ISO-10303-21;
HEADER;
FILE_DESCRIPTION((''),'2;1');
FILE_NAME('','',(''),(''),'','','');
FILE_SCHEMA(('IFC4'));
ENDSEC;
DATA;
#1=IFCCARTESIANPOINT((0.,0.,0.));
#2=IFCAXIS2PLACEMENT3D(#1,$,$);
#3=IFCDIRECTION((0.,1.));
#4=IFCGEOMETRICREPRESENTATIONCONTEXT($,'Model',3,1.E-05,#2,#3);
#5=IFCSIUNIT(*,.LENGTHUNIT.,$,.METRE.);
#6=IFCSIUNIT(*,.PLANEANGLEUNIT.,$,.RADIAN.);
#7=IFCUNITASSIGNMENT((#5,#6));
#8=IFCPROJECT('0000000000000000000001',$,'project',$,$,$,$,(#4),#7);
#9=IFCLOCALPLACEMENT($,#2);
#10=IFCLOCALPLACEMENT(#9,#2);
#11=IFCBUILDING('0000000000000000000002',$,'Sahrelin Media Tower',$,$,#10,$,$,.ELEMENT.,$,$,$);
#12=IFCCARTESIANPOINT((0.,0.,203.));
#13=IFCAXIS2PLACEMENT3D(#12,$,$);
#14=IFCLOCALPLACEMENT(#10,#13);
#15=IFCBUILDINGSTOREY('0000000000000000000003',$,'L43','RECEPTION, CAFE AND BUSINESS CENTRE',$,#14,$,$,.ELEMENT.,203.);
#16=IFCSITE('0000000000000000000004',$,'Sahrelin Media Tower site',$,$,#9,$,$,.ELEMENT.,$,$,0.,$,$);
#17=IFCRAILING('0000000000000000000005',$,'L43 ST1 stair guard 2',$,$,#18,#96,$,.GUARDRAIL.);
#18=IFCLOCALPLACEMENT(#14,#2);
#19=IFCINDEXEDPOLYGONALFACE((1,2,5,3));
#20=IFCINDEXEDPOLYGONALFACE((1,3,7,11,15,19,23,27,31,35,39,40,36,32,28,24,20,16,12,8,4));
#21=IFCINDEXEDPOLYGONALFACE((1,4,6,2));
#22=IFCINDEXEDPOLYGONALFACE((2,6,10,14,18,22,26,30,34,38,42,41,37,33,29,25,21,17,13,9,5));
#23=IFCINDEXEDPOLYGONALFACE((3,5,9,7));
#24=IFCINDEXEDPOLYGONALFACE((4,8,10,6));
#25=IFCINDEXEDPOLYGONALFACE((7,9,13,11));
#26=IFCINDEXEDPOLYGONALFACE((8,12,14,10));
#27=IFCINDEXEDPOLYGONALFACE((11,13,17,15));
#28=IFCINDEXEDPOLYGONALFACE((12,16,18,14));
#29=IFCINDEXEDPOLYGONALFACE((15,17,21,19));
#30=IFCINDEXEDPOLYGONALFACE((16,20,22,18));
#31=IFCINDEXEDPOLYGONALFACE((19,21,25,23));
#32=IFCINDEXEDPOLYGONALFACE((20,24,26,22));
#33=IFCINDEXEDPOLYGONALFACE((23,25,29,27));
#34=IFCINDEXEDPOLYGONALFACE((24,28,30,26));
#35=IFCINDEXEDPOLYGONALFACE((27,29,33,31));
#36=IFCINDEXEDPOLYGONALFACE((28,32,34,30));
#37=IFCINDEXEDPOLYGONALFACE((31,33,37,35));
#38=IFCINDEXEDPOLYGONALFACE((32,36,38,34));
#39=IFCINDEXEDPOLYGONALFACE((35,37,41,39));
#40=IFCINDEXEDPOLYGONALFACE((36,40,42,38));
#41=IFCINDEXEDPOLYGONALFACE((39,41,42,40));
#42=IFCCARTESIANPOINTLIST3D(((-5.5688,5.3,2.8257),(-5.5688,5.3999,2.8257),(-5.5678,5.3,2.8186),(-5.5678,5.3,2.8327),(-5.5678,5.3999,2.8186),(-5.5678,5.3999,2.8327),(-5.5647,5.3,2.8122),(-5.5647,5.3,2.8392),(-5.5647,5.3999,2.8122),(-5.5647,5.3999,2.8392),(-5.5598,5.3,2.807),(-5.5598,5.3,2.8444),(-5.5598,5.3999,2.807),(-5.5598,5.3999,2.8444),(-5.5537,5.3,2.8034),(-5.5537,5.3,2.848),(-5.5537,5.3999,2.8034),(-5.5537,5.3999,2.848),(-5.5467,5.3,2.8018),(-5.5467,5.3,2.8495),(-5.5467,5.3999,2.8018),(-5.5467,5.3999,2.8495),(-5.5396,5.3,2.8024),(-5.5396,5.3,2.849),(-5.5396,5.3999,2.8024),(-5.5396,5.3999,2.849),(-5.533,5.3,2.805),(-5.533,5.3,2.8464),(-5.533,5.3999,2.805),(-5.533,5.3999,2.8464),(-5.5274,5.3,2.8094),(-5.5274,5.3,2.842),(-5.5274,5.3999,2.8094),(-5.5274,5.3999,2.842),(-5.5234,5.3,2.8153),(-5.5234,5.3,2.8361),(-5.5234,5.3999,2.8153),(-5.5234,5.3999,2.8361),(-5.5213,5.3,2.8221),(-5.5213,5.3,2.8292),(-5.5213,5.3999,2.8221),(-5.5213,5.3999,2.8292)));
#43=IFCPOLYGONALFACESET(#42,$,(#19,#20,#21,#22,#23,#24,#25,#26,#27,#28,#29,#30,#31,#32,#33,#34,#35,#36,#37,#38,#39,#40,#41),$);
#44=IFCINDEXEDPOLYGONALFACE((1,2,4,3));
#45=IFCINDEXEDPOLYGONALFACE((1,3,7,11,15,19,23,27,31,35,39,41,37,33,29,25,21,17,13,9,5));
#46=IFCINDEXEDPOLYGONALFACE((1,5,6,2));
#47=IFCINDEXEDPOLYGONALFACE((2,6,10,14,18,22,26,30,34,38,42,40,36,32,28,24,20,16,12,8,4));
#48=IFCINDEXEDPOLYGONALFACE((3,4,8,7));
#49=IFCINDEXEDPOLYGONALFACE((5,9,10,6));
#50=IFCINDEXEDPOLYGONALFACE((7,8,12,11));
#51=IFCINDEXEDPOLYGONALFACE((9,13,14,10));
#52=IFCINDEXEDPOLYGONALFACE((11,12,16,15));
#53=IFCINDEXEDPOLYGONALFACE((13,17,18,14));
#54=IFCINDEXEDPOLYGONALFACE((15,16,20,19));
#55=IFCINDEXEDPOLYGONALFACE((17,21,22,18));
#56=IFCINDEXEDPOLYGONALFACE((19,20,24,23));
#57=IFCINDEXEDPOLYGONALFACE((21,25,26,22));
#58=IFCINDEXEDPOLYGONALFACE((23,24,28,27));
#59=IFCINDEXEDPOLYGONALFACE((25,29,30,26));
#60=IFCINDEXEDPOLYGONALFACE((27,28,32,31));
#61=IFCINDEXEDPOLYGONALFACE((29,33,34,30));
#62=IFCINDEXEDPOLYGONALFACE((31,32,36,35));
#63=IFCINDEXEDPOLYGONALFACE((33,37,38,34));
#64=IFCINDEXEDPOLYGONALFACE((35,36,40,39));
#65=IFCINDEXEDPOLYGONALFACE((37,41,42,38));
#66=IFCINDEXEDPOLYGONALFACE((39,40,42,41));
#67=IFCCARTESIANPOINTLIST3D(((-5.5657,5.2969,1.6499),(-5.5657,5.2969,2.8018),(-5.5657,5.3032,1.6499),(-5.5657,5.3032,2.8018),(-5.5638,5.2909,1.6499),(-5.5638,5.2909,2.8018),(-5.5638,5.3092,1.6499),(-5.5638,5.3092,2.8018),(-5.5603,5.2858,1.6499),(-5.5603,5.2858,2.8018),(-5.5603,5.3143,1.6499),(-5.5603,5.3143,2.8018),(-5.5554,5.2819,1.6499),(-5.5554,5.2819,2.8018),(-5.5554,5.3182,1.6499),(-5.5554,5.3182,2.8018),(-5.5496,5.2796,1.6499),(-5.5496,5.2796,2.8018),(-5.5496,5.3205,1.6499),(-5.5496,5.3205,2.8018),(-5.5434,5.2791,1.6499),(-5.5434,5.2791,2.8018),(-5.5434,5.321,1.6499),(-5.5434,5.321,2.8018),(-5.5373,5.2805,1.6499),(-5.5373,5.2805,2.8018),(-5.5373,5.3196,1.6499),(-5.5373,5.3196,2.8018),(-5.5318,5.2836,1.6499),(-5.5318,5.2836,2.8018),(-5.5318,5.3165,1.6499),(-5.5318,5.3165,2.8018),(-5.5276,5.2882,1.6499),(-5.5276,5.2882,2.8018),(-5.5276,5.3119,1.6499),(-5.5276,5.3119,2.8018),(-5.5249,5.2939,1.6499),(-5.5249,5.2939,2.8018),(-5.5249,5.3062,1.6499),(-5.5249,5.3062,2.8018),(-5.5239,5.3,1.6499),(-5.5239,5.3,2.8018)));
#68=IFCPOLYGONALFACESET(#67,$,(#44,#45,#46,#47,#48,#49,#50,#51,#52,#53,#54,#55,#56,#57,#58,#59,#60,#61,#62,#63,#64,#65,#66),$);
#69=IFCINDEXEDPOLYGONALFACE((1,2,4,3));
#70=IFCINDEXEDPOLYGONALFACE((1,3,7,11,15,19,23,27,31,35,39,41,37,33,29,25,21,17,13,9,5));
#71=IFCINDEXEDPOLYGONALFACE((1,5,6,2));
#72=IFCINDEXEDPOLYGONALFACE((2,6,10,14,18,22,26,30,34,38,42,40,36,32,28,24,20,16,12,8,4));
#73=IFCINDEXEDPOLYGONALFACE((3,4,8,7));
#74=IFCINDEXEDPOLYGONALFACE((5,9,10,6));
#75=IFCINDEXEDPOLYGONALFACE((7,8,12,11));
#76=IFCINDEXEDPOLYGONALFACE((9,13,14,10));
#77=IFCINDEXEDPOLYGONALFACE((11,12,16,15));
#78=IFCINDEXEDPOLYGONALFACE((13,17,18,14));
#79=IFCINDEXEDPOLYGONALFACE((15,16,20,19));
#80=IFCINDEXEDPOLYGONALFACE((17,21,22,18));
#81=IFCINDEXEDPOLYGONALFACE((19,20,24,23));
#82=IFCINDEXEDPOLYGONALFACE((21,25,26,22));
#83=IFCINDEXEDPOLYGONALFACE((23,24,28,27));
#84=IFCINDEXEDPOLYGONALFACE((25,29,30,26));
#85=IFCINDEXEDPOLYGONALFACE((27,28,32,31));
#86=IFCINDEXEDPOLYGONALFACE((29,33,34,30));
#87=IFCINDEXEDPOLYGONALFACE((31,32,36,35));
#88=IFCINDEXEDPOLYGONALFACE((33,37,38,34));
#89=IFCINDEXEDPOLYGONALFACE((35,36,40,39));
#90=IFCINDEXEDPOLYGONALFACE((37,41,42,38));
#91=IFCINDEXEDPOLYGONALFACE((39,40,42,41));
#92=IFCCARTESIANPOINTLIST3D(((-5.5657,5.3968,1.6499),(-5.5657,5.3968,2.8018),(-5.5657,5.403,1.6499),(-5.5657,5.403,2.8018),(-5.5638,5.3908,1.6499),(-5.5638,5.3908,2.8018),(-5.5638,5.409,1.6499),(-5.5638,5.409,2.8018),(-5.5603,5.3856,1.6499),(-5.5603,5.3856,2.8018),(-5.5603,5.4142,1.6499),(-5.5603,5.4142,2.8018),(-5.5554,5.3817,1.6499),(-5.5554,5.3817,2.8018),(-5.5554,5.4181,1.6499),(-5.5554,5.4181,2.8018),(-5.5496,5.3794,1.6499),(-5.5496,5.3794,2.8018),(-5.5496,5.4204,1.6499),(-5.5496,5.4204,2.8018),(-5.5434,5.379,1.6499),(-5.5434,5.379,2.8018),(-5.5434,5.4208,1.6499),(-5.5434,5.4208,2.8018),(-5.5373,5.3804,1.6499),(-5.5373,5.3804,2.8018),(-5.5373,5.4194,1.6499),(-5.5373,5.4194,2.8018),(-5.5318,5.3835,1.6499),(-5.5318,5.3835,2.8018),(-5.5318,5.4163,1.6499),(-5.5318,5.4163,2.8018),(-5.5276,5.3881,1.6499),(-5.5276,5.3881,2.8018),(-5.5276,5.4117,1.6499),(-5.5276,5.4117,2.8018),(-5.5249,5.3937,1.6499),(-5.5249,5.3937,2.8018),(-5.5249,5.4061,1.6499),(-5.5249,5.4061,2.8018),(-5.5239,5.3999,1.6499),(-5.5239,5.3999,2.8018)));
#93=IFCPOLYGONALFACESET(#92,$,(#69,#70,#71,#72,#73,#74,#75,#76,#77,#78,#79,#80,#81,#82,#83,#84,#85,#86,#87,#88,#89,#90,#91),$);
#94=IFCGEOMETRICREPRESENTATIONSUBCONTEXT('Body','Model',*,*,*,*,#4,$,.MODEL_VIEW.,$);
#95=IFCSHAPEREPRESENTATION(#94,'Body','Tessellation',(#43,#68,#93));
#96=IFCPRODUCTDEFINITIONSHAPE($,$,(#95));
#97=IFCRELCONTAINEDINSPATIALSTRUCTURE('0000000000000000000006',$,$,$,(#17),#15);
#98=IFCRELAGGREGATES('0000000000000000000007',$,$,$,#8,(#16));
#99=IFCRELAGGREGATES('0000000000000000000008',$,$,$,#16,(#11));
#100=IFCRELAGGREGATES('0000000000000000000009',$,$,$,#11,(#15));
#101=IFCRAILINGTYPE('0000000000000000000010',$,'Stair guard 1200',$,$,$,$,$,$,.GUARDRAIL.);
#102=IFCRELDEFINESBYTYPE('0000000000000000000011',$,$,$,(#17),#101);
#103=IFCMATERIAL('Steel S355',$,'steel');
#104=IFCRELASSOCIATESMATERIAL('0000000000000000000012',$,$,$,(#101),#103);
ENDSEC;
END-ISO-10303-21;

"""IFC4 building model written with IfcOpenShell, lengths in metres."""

from ifc_helpers import new_model, si_unit, direction, frame, origin, origin_2d, place, context, subcontext, project, spatial, circle, extrude, material, type_object, element, save


model = new_model("IFC4")

# Units and contexts
model_context = context("Model", 3, precision=1e-05, world=origin(), true_north=direction((0.0, 1.0)))
body_context = subcontext(model_context, "Body", "Model", "MODEL_VIEW")
ifc_project = project(units=[si_unit("LENGTHUNIT", "METRE"), si_unit("PLANEANGLEUNIT", "RADIAN")], contexts=[model_context])

# Site, building, storey
site_placement = place(None, origin())
site = spatial("IfcSite", under=ifc_project, at=site_placement, Name="Sahrelin Media Tower site", CompositionType="ELEMENT", RefElevation=0.0)
building_placement = place(site_placement, origin())
building = spatial("IfcBuilding", under=site, at=building_placement, Name="Sahrelin Media Tower", CompositionType="ELEMENT")
storey_placement = place(building_placement, frame((0.0, 0.0, 203.0)))
storey = spatial("IfcBuildingStorey", under=building, at=storey_placement, Name="L43", Description="RECEPTION, CAFE AND BUSINESS CENTRE", CompositionType="ELEMENT", Elevation=203.0)

# Railing
ifc_material_1 = material(Name="Steel S355", Category="steel")
railing_type_1 = type_object("IfcRailingType", Name="Stair guard 1200", PredefinedType="GUARDRAIL", material=ifc_material_1)
railing_1_placement = place(storey_placement, frame((-5.5449, 5.3, 1.6499)))
element("IfcRailing", 1, at=railing_1_placement, inside=storey, type_object=railing_type_1, Name="L43 ST1 stair guard 2", PredefinedType="GUARDRAIL", context=body_context, shape_type="SweptSolid", body=[
    extrude(circle(Radius=0.0239, at=origin_2d()), frame((0.0, 0.0, 1.1758), z_axis=(0.0, 1.0, 0.0), x_axis=(-1.0, 0.0, 0.0)), (0.0, 0.0, 1.0), 0.0999),
    extrude(circle(Radius=0.021, at=origin_2d()), origin(), (0.0, 0.0, 1.0), 1.1519),
    extrude(circle(Radius=0.021, at=origin_2d()), frame((0.0, 0.0999, 0.0)), (0.0, 0.0, 1.0), 1.1519),
])

save(model, "model.ifc")
